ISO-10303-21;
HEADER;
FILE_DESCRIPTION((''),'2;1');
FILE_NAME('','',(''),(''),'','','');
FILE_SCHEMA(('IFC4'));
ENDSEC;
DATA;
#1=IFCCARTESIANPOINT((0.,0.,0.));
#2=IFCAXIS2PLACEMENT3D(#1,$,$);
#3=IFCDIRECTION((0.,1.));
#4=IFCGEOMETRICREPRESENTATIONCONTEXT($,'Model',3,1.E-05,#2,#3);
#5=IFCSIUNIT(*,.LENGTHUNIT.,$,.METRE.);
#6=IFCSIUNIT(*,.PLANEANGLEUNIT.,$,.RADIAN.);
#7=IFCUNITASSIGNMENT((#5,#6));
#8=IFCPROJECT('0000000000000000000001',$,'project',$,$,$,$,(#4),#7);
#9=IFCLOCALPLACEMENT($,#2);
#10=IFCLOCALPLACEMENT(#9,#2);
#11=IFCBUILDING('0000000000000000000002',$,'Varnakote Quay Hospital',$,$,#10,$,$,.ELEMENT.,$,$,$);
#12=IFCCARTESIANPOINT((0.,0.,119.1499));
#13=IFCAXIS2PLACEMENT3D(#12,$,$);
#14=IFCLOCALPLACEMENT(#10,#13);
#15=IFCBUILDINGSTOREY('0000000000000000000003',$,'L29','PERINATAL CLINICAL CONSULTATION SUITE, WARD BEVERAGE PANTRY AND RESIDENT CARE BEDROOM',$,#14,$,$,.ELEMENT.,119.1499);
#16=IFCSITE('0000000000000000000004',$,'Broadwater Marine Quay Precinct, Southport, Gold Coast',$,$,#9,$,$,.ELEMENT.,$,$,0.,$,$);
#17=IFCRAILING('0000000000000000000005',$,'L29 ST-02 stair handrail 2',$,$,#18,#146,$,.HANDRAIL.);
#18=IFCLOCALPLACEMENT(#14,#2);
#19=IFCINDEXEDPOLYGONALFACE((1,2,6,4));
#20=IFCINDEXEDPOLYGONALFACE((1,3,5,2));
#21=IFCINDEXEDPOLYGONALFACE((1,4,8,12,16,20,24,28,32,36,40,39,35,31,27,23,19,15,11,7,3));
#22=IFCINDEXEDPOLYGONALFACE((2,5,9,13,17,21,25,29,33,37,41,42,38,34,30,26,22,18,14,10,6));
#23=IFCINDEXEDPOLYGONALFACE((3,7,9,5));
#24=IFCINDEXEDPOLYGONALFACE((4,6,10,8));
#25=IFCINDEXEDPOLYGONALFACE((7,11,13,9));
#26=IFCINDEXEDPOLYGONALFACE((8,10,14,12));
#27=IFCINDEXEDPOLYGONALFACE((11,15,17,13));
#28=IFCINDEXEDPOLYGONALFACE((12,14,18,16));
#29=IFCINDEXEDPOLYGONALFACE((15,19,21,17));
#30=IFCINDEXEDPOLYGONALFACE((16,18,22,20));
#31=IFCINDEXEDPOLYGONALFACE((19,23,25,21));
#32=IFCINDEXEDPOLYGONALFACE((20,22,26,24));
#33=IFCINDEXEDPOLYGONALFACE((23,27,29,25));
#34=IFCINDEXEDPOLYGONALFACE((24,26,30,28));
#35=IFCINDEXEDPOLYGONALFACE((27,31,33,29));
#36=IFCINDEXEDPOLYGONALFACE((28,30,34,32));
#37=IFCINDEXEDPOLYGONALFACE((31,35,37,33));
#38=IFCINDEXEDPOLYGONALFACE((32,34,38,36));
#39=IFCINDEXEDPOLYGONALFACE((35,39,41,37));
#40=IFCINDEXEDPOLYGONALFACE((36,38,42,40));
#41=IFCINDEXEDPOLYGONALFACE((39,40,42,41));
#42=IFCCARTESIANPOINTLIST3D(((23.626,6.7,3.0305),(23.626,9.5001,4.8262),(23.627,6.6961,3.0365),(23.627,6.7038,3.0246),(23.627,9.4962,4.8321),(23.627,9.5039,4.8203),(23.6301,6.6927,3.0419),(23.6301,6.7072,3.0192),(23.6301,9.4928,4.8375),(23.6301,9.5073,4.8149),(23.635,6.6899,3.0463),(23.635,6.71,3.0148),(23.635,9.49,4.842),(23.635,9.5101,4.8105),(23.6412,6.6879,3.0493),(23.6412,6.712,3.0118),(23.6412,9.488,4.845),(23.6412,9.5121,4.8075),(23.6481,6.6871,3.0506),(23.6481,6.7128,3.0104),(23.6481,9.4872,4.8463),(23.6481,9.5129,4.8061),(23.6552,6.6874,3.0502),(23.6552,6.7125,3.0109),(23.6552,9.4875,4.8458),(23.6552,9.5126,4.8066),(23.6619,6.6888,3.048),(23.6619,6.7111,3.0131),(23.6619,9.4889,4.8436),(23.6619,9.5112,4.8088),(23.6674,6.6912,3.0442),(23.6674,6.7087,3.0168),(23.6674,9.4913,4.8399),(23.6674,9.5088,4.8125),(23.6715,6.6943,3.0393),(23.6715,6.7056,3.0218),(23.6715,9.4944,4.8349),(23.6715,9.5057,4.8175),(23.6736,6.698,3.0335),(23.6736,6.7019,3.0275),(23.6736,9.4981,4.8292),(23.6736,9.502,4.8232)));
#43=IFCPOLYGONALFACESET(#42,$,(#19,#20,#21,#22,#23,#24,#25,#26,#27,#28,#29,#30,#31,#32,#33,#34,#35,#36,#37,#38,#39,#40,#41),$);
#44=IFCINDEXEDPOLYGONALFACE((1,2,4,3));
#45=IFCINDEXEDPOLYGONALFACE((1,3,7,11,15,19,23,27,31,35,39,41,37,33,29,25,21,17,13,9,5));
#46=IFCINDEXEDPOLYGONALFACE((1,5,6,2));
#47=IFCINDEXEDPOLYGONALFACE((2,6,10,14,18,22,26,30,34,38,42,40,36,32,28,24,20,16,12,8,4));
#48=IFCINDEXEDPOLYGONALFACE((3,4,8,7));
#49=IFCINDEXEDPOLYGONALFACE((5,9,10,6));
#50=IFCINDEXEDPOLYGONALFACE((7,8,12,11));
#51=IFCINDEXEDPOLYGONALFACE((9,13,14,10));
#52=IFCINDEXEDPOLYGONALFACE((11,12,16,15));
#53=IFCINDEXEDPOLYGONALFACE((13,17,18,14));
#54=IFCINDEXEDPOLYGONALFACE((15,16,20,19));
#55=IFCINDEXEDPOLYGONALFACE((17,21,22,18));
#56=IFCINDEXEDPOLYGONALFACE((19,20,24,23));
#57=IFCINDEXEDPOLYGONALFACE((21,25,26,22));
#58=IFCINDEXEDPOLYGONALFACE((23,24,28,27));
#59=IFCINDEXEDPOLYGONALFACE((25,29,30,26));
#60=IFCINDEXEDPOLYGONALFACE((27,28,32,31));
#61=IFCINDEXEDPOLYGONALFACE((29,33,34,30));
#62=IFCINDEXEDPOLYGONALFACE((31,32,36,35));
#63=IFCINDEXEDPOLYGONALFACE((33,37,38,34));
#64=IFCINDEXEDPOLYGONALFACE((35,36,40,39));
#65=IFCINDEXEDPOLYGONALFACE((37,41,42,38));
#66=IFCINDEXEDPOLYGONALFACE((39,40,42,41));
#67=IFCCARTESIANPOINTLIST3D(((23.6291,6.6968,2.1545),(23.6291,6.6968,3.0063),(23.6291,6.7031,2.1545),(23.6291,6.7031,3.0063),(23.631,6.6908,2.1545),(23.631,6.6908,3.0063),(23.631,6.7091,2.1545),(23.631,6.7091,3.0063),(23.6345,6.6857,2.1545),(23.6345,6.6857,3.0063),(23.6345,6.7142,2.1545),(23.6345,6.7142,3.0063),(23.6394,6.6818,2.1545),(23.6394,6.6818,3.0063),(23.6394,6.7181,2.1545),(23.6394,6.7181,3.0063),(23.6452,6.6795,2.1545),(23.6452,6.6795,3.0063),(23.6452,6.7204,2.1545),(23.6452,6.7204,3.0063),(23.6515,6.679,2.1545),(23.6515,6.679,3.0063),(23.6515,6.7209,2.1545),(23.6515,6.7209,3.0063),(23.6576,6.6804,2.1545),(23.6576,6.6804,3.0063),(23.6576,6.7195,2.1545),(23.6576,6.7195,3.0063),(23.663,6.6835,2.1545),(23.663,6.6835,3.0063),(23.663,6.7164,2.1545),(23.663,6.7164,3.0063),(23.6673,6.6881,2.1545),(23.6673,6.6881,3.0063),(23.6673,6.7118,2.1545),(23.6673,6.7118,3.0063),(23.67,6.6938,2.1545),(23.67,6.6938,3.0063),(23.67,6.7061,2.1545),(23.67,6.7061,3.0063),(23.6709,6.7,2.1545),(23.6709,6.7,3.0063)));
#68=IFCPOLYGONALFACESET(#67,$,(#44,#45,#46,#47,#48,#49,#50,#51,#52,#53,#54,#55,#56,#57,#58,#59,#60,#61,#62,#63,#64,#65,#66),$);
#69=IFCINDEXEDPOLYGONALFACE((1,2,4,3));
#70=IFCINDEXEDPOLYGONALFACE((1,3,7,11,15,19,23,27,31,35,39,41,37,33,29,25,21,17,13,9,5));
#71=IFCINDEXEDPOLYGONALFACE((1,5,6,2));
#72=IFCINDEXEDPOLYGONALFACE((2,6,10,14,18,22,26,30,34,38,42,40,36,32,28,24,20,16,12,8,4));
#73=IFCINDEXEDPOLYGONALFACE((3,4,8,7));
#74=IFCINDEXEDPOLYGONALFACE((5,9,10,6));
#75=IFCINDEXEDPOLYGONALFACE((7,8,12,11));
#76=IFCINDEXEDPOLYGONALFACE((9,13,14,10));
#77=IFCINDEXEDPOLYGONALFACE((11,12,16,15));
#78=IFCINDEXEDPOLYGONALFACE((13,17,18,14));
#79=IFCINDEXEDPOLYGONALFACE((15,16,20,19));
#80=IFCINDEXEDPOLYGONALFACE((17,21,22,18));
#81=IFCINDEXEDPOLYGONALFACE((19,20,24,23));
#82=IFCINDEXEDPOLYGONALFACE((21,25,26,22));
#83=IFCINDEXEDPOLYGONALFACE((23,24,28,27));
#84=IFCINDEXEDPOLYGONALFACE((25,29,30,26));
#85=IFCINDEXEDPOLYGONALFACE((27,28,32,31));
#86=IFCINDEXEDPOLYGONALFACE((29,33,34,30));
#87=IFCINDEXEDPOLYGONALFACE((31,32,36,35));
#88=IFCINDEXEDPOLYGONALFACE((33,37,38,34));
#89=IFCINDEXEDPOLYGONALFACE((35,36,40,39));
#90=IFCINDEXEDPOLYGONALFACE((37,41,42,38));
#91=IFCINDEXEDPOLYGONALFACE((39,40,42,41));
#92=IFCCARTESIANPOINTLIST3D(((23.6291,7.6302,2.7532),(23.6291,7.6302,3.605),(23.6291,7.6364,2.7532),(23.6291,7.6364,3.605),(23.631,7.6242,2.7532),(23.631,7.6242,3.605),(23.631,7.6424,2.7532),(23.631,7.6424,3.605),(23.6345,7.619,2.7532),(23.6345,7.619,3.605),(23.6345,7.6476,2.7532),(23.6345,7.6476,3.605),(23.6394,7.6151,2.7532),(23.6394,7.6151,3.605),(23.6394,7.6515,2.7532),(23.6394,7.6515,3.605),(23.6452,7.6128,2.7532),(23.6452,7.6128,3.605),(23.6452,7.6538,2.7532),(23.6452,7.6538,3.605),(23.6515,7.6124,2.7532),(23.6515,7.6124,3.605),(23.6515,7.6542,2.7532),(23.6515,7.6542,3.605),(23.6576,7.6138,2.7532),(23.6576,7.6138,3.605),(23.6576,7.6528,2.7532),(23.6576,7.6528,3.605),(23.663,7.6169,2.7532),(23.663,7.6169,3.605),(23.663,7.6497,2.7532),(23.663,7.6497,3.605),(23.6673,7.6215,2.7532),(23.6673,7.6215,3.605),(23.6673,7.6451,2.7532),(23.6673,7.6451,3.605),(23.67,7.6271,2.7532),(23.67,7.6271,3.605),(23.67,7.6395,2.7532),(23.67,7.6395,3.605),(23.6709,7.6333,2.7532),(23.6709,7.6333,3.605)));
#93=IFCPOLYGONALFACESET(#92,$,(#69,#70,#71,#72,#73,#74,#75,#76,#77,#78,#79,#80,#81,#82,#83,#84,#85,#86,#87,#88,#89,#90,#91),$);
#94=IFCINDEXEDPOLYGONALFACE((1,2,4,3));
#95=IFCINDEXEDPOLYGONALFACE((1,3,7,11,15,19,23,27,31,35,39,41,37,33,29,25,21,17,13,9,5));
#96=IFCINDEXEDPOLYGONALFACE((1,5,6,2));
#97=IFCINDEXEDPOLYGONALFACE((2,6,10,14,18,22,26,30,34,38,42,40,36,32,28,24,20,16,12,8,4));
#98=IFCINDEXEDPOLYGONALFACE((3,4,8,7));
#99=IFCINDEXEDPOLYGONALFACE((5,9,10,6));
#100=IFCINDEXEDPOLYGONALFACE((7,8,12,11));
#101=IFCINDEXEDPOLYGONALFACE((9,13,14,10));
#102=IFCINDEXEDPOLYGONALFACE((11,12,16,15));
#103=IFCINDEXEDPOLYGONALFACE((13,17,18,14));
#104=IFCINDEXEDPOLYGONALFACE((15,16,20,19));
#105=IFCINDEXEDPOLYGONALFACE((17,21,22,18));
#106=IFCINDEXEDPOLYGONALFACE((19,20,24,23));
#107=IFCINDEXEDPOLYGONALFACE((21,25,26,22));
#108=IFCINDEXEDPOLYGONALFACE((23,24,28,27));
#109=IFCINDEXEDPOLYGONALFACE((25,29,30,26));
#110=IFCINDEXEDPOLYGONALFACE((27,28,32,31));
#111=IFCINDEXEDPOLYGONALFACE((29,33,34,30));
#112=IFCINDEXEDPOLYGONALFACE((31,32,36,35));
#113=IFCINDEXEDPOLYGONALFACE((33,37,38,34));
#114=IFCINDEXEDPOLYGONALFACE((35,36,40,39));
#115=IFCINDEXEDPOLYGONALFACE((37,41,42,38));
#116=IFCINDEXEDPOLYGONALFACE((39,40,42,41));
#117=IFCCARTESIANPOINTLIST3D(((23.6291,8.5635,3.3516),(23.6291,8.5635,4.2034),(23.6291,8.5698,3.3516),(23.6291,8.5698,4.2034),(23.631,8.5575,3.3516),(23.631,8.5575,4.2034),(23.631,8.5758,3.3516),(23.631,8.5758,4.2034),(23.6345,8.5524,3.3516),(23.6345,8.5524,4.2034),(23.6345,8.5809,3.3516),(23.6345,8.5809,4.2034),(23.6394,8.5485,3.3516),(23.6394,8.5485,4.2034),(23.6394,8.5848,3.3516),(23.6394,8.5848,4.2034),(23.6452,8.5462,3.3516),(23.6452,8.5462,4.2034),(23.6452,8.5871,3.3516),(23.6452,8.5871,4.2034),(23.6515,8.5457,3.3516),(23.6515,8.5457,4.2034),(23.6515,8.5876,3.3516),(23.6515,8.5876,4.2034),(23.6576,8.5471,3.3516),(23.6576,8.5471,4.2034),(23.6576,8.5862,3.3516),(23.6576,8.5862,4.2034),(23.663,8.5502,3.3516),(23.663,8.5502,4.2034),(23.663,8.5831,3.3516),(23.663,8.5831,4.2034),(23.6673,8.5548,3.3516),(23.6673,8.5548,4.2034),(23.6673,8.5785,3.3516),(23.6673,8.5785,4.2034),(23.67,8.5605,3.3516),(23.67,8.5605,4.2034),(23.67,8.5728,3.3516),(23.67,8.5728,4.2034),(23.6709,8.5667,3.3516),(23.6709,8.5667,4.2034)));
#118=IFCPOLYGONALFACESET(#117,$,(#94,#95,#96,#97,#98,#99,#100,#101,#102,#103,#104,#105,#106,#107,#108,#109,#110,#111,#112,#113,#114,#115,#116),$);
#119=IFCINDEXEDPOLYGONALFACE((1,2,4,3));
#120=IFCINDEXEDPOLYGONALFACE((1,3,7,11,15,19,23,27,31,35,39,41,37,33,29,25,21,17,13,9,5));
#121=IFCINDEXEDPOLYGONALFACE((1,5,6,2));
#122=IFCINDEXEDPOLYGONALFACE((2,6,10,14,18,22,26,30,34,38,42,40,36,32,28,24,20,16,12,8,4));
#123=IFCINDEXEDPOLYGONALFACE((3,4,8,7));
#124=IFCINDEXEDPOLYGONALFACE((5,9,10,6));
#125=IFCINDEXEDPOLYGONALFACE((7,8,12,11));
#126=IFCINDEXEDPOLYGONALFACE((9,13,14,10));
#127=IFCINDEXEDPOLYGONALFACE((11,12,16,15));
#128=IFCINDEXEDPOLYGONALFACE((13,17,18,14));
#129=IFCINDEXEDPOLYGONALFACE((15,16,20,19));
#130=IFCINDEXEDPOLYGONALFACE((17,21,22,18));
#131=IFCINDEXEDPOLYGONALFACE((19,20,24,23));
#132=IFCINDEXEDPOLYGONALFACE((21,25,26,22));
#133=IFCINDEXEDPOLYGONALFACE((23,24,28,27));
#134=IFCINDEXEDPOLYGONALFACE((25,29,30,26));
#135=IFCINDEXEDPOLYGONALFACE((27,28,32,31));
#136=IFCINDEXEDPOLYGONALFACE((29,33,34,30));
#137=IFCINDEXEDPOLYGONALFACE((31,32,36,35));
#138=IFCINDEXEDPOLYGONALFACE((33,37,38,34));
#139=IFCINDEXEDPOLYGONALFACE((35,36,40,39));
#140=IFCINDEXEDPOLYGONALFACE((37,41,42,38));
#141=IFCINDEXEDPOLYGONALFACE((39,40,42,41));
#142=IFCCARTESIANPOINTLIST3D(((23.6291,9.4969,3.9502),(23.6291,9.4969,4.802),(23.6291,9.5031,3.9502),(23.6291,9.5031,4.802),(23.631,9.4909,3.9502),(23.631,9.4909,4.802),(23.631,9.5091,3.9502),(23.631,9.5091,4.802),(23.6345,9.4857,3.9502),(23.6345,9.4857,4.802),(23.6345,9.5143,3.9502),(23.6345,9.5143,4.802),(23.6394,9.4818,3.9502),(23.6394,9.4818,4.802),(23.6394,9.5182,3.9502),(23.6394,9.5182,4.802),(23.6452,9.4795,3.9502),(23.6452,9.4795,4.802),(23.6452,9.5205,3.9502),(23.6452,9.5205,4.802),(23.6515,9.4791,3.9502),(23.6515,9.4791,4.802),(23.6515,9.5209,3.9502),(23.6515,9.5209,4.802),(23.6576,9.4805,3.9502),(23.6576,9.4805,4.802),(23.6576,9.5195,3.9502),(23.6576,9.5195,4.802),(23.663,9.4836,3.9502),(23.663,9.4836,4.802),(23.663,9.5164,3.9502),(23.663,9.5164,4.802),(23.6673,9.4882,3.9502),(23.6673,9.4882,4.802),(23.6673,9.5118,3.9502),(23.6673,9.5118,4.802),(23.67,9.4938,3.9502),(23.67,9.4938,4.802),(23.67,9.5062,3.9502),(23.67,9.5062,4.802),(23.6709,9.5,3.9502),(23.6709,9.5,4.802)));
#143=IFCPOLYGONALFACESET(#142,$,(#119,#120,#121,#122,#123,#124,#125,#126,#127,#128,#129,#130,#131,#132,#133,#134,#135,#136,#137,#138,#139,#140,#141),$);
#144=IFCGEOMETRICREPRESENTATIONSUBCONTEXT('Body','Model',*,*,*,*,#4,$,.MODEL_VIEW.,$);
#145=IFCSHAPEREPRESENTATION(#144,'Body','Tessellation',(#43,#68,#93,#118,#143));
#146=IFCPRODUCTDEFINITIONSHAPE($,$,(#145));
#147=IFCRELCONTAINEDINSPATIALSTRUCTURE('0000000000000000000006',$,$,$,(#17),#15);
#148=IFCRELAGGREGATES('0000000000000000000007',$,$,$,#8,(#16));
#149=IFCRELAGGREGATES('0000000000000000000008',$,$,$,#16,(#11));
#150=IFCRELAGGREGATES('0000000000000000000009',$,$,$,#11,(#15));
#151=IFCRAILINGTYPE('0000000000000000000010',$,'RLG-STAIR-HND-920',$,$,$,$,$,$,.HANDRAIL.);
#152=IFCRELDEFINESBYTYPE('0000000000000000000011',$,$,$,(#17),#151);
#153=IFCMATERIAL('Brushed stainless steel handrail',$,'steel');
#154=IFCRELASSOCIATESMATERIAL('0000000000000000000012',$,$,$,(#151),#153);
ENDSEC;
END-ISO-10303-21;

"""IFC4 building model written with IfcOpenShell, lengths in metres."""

from ifc_helpers import new_model, si_unit, direction, frame, origin, origin_2d, place, context, subcontext, project, spatial, circle, extrude, material, type_object, element, save


model = new_model("IFC4")

# Units and contexts
model_context = context("Model", 3, precision=1e-05, world=origin(), true_north=direction((0.0, 1.0)))
body_context = subcontext(model_context, "Body", "Model", "MODEL_VIEW")
ifc_project = project(units=[si_unit("LENGTHUNIT", "METRE"), si_unit("PLANEANGLEUNIT", "RADIAN")], contexts=[model_context])

# Site, building, storey
site_placement = place(None, origin())
site = spatial("IfcSite", under=ifc_project, at=site_placement, Name="Broadwater Marine Quay Precinct, Southport, Gold Coast", CompositionType="ELEMENT", RefElevation=0.0)
building_placement = place(site_placement, origin())
building = spatial("IfcBuilding", under=site, at=building_placement, Name="Varnakote Quay Hospital", CompositionType="ELEMENT")
storey_placement = place(building_placement, frame((0.0, 0.0, 119.1499)))
storey = spatial("IfcBuildingStorey", under=building, at=storey_placement, Name="L29", Description="PERINATAL CLINICAL CONSULTATION SUITE, WARD BEVERAGE PANTRY AND RESIDENT CARE BEDROOM", CompositionType="ELEMENT", Elevation=119.1499)

# Railing
ifc_material_1 = material(Name="Brushed stainless steel handrail", Category="steel")
railing_type_1 = type_object("IfcRailingType", Name="RLG-STAIR-HND-920", PredefinedType="HANDRAIL", material=ifc_material_1)
railing_1_placement = place(storey_placement, frame((23.6499, 6.7, 2.1545)))
element("IfcRailing", 1, at=railing_1_placement, inside=storey, type_object=railing_type_1, Name="L29 ST-02 stair handrail 2", PredefinedType="HANDRAIL", context=body_context, shape_type="SweptSolid", body=[
    extrude(circle(Radius=0.0239, at=origin_2d()), frame((0.0, 0.0, 0.876), z_axis=(0.0, 0.841777, 0.539826), x_axis=(-1.0, 0.0, 0.0)), (0.0, 0.0, 1.0), 3.3264),
    extrude(circle(Radius=0.021, at=origin_2d()), origin(), (0.0, 0.0, 1.0), 0.8518),
    extrude(circle(Radius=0.021, at=origin_2d()), frame((0.0, 0.9333, 0.5986)), (0.0, 0.0, 1.0), 0.8518),
    extrude(circle(Radius=0.021, at=origin_2d()), frame((0.0, 1.8667, 1.197)), (0.0, 0.0, 1.0), 0.8518),
    extrude(circle(Radius=0.021, at=origin_2d()), frame((0.0, 2.8, 1.7957)), (0.0, 0.0, 1.0), 0.8518),
])

save(model, "model.ifc")
